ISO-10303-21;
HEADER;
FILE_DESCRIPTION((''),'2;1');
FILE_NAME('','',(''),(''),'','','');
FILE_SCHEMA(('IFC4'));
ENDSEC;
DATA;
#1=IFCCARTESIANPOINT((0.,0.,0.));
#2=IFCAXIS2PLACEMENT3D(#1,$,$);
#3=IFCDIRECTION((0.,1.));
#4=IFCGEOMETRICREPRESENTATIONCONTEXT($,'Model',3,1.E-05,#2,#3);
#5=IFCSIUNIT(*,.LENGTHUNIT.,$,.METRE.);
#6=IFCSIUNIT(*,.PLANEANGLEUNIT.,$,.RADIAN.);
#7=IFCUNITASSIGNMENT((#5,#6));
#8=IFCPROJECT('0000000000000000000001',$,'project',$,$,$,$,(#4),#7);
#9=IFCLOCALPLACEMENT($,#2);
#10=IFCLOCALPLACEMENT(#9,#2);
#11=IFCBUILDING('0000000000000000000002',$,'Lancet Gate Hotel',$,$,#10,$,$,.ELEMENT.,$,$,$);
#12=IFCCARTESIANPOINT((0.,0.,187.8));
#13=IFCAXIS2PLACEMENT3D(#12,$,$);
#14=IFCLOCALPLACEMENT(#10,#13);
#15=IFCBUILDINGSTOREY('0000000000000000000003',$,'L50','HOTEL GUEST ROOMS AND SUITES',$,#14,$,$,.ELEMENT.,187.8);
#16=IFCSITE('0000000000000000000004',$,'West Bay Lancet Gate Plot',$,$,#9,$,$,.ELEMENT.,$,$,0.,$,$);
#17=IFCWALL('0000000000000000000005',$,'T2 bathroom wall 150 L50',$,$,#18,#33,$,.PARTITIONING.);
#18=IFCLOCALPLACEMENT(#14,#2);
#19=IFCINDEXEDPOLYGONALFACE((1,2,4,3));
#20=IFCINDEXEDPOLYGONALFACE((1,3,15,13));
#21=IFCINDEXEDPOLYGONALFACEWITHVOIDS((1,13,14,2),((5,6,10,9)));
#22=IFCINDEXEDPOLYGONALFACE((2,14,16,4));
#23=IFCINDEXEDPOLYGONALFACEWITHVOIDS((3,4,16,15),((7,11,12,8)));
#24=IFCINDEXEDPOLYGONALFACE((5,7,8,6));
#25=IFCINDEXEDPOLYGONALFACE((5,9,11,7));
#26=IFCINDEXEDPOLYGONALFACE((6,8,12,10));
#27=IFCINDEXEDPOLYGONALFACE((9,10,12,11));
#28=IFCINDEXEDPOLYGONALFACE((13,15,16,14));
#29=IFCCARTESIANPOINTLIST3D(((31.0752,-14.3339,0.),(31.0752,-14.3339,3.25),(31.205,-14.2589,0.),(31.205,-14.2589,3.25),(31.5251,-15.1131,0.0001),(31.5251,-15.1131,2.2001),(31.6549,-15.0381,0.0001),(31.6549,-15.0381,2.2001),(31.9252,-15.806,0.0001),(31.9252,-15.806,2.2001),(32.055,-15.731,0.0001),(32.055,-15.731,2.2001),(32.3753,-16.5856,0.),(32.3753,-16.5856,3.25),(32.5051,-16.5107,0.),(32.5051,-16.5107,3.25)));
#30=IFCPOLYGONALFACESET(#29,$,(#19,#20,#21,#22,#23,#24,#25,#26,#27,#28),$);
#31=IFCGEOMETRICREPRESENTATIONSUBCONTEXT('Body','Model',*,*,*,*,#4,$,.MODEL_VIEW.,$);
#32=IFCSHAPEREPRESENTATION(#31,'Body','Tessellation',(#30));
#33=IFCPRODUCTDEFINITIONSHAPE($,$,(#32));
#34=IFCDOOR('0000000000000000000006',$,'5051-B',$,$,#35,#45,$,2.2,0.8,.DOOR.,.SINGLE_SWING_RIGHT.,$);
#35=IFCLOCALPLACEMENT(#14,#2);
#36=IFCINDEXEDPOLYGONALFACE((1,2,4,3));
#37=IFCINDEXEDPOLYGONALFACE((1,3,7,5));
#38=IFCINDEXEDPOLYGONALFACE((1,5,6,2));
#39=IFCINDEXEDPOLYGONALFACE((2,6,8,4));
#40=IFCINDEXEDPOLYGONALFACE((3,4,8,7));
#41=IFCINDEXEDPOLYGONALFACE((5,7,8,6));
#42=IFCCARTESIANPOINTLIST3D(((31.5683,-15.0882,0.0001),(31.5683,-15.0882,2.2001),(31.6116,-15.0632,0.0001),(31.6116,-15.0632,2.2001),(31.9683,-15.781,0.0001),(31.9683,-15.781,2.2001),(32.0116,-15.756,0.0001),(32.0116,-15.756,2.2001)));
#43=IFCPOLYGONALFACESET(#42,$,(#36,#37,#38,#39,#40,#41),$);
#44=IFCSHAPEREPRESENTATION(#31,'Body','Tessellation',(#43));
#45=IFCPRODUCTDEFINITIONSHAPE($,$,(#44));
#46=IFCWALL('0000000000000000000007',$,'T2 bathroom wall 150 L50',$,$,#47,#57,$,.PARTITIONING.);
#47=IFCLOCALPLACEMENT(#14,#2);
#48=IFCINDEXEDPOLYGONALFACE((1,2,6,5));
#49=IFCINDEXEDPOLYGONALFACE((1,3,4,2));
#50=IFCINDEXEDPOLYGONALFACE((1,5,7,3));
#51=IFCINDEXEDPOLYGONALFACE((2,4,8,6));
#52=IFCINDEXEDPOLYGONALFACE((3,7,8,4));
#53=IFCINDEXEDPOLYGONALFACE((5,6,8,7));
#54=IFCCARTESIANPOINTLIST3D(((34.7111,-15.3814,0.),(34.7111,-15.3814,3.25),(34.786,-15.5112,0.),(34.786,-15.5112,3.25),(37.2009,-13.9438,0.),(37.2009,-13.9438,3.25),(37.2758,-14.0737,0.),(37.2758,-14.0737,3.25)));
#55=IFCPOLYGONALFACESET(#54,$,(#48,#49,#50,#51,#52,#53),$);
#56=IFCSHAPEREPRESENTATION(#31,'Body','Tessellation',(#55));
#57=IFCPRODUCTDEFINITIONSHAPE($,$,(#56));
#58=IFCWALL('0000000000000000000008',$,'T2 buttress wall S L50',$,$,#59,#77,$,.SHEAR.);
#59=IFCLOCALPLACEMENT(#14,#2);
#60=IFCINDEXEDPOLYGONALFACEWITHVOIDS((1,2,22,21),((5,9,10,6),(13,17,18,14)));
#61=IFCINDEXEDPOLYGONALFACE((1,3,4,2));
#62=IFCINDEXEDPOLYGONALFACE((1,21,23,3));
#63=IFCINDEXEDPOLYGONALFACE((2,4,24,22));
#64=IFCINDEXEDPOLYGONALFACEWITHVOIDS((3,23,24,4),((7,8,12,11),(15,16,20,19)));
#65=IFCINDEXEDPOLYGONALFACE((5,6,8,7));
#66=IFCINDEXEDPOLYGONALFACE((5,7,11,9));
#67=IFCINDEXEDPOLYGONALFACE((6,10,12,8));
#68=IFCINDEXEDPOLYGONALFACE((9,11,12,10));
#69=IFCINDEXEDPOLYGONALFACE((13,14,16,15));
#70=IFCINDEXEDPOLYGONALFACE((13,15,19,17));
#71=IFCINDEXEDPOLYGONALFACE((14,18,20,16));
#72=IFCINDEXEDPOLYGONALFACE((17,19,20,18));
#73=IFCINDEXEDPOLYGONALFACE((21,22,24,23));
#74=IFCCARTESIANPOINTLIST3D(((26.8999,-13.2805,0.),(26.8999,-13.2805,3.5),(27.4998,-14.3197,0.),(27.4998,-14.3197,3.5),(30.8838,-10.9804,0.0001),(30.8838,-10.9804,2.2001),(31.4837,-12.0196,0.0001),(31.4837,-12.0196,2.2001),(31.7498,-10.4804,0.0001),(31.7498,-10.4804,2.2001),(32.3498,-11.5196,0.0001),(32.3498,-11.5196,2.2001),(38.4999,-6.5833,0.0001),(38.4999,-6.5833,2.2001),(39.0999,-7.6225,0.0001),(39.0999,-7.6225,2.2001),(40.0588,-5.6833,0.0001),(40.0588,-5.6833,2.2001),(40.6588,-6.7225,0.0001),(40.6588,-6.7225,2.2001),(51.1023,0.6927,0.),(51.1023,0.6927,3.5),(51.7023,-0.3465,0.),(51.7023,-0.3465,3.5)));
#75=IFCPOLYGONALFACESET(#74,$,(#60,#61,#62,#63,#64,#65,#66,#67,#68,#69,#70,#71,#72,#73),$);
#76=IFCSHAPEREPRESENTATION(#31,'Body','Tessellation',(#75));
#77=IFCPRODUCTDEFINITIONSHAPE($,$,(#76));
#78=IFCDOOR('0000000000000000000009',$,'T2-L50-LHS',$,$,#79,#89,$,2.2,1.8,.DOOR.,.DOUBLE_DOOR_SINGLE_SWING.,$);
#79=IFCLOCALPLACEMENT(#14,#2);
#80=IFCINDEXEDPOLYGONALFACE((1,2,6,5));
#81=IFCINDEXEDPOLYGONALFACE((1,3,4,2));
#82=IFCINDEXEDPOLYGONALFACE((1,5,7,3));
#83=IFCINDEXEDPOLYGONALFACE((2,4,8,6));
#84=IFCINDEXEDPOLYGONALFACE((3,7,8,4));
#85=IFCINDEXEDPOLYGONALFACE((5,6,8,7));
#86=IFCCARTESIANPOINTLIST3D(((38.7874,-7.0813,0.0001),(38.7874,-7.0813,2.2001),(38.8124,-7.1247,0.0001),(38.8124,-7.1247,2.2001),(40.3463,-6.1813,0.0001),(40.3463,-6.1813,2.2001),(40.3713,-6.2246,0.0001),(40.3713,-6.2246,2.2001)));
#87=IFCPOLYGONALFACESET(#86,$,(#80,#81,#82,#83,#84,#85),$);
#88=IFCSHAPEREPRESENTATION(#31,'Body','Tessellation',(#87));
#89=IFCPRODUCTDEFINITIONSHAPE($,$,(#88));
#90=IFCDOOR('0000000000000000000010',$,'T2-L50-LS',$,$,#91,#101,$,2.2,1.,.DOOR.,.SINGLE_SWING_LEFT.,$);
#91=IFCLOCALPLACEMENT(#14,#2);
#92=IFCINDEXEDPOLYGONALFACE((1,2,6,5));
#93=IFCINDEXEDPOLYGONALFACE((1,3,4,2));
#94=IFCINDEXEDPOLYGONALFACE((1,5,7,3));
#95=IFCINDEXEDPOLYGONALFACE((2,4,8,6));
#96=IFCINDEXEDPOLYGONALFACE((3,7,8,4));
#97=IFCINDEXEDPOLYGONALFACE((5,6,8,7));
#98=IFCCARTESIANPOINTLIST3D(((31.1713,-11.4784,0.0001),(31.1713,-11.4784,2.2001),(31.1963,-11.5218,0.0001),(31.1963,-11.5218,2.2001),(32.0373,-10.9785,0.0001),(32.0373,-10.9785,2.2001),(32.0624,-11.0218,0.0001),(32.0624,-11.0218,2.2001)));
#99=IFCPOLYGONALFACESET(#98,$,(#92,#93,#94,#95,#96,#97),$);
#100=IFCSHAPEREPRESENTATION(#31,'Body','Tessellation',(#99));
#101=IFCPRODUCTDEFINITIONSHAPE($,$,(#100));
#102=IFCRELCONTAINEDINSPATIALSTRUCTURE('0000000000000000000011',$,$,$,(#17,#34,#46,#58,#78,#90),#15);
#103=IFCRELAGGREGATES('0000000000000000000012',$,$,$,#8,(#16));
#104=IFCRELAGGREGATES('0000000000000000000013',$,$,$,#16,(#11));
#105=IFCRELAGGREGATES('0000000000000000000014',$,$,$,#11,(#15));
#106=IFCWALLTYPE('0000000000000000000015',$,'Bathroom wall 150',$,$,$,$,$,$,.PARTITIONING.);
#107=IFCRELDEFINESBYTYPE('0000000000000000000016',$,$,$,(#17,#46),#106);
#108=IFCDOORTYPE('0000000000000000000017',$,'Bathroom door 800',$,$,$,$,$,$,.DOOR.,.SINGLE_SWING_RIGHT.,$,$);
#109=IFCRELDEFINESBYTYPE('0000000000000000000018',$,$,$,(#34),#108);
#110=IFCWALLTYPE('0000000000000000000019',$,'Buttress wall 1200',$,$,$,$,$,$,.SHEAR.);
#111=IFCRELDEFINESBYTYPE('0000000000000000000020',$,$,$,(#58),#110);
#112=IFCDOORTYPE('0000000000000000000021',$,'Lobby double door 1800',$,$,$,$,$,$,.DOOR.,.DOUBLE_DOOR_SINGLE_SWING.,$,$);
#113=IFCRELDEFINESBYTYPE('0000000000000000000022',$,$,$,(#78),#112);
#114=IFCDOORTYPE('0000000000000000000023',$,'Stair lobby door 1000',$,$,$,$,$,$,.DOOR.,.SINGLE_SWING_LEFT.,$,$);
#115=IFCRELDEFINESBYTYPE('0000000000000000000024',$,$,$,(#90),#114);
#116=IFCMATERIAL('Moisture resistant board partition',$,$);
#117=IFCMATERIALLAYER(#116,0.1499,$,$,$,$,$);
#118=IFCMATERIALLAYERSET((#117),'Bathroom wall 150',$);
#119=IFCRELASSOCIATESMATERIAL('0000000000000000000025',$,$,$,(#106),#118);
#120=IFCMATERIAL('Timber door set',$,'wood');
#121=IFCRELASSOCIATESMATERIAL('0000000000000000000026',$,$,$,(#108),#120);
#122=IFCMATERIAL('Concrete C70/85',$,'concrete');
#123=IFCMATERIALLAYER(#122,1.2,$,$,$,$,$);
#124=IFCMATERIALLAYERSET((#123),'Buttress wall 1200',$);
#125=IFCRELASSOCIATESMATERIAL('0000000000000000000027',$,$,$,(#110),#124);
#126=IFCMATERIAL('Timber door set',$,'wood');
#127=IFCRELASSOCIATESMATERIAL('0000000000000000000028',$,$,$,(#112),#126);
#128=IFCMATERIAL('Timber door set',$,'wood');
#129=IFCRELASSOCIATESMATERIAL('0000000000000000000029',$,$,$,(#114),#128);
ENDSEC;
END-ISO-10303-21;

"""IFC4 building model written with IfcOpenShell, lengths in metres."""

from ifc_helpers import new_model, si_unit, direction, frame, frame_2d, origin, place, context, subcontext, project, spatial, rectangle, extrude, material, layer, layer_set, type_object, element, fill, save


model = new_model("IFC4")

# Units and contexts
model_context = context("Model", 3, precision=1e-05, world=origin(), true_north=direction((0.0, 1.0)))
body_context = subcontext(model_context, "Body", "Model", "MODEL_VIEW")
ifc_project = project(units=[si_unit("LENGTHUNIT", "METRE"), si_unit("PLANEANGLEUNIT", "RADIAN")], contexts=[model_context])

# Site, building, storey
site_placement = place(None, origin())
site = spatial("IfcSite", under=ifc_project, at=site_placement, Name="West Bay Lancet Gate Plot", CompositionType="ELEMENT", RefElevation=0.0)
building_placement = place(site_placement, origin())
building = spatial("IfcBuilding", under=site, at=building_placement, Name="Lancet Gate Hotel", CompositionType="ELEMENT")
storey_placement = place(building_placement, frame((0.0, 0.0, 187.8)))
storey = spatial("IfcBuildingStorey", under=building, at=storey_placement, Name="L50", Description="HOTEL GUEST ROOMS AND SUITES", CompositionType="ELEMENT", Elevation=187.8)

# Shared definitions
ifc_material_1 = material(Name="Moisture resistant board partition")
ifc_layer_1 = layer(ifc_material_1, 0.1499)
ifc_layer_set_1 = layer_set([ifc_layer_1], Name="Bathroom wall 150")
wall_type_1 = type_object("IfcWallType", Name="Bathroom wall 150", PredefinedType="PARTITIONING", material=ifc_layer_set_1)

# Wall, opening, door
wall_1_placement = place(storey_placement, frame((31.1401, -14.2964, 0.0), z_axis=(0.0, 0.0, 1.0), x_axis=(0.500007, -0.866021, 0.0)))
wall_1 = element("IfcWall", 1, at=wall_1_placement, inside=storey, type_object=wall_type_1, Name="T2 bathroom wall 150 L50", PredefinedType="PARTITIONING", context=body_context, shape_type="SweptSolid", body=[
    extrude(rectangle(XDim=2.6001, YDim=0.1499, at=frame_2d((1.3, 0.0))), origin(), (0.0, 0.0, 1.0), 3.25),
])
opening_1_placement = place(wall_1_placement, frame((0.8999, 0.0, 0.0)))
opening_1 = element("IfcOpeningElement", 2, at=opening_1_placement, cuts=wall_1, PredefinedType="OPENING", context=body_context, shape_type="SweptSolid", body=[
    extrude(rectangle(XDim=0.8, YDim=2.2, at=frame_2d((0.3999, 1.1001))), frame((0.0, 0.085, 0.0), z_axis=(0.0, -1.0, 0.0), x_axis=(1.0, 0.0, 0.0)), (0.0, 0.0, 1.0), 0.1699),
])
ifc_material_2 = material(Name="Timber door set", Category="wood")
door_type_1 = type_object("IfcDoorType", Name="Bathroom door 800", OperationType="SINGLE_SWING_RIGHT", PredefinedType="DOOR", material=ifc_material_2)
door_1_placement = place(opening_1_placement, origin())
door_1 = element("IfcDoor", 3, at=door_1_placement, inside=storey, type_object=door_type_1, Name="5051-B", OperationType="SINGLE_SWING_RIGHT", OverallHeight=2.2, OverallWidth=0.8, PredefinedType="DOOR", context=body_context, shape_type="SweptSolid", body=[
    extrude(rectangle(XDim=0.8, YDim=2.2, at=frame_2d((0.3999, 1.1001))), frame((0.0, 0.0249, 0.0), z_axis=(0.0, -1.0, 0.0), x_axis=(1.0, 0.0, 0.0)), (0.0, 0.0, 1.0), 0.05),
])
fill(opening_1, door_1)

# Wall
wall_2_placement = place(storey_placement, frame((34.7485, -15.4463, 0.0), z_axis=(0.0, 0.0, 1.0), x_axis=(0.866019, 0.500012, 0.0)))
element("IfcWall", 4, at=wall_2_placement, inside=storey, type_object=wall_type_1, Name="T2 bathroom wall 150 L50", PredefinedType="PARTITIONING", context=body_context, shape_type="SweptSolid", body=[
    extrude(rectangle(XDim=2.875, YDim=0.1499, at=frame_2d((1.4375, 0.0))), origin(), (0.0, 0.0, 1.0), 3.25),
])

# Wall, openings, doors
ifc_material_3 = material(Name="Concrete C70/85", Category="concrete")
ifc_layer_2 = layer(ifc_material_3, 1.2)
ifc_layer_set_2 = layer_set([ifc_layer_2], Name="Buttress wall 1200")
wall_type_2 = type_object("IfcWallType", Name="Buttress wall 1200", PredefinedType="SHEAR", material=ifc_layer_set_2)
wall_3_placement = place(storey_placement, frame((27.2, -13.8, 0.0), z_axis=(0.0, 0.0, 1.0), x_axis=(0.866027, 0.499997, 0.0)))
wall_3 = element("IfcWall", 5, at=wall_3_placement, inside=storey, type_object=wall_type_2, Name="T2 buttress wall S L50", PredefinedType="SHEAR", context=body_context, shape_type="SweptSolid", body=[
    extrude(rectangle(XDim=27.9465, YDim=1.2, at=frame_2d((13.9731, 0.0))), origin(), (0.0, 0.0, 1.0), 3.5),
])
opening_2_placement = place(wall_3_placement, frame((4.6001, 0.0, 0.0)))
opening_2 = element("IfcOpeningElement", 6, at=opening_2_placement, cuts=wall_3, PredefinedType="OPENING", context=body_context, shape_type="SweptSolid", body=[
    extrude(rectangle(XDim=1.0, YDim=2.2, at=frame_2d((0.5, 1.1001))), frame((0.0, 0.6099, 0.0), z_axis=(0.0, -1.0, 0.0), x_axis=(1.0, 0.0, 0.0)), (0.0, 0.0, 1.0), 1.22),
])
opening_3_placement = place(wall_3_placement, frame((13.3945, 0.0, 0.0)))
opening_3 = element("IfcOpeningElement", 7, at=opening_3_placement, cuts=wall_3, PredefinedType="OPENING", context=body_context, shape_type="SweptSolid", body=[
    extrude(rectangle(XDim=1.8, YDim=2.2, at=frame_2d((0.8999, 1.1001))), frame((0.0, 0.6099, 0.0), z_axis=(0.0, -1.0, 0.0), x_axis=(1.0, 0.0, 0.0)), (0.0, 0.0, 1.0), 1.22),
])
ifc_material_4 = material(Name="Timber door set", Category="wood")
door_type_2 = type_object("IfcDoorType", Name="Lobby double door 1800", OperationType="DOUBLE_DOOR_SINGLE_SWING", PredefinedType="DOOR", material=ifc_material_4)
door_2_placement = place(opening_3_placement, origin())
door_2 = element("IfcDoor", 8, at=door_2_placement, inside=storey, type_object=door_type_2, Name="T2-L50-LHS", OperationType="DOUBLE_DOOR_SINGLE_SWING", OverallHeight=2.2, OverallWidth=1.8, PredefinedType="DOOR", context=body_context, shape_type="SweptSolid", body=[
    extrude(rectangle(XDim=1.8, YDim=2.2, at=frame_2d((0.8999, 1.1001))), frame((0.0, 0.0249, 0.0), z_axis=(0.0, -1.0, 0.0), x_axis=(1.0, 0.0, 0.0)), (0.0, 0.0, 1.0), 0.05),
])
fill(opening_3, door_2)
ifc_material_5 = material(Name="Timber door set", Category="wood")
door_type_3 = type_object("IfcDoorType", Name="Stair lobby door 1000", OperationType="SINGLE_SWING_LEFT", PredefinedType="DOOR", material=ifc_material_5)
door_3_placement = place(opening_2_placement, origin())
door_3 = element("IfcDoor", 9, at=door_3_placement, inside=storey, type_object=door_type_3, Name="T2-L50-LS", OperationType="SINGLE_SWING_LEFT", OverallHeight=2.2, OverallWidth=1.0, PredefinedType="DOOR", context=body_context, shape_type="SweptSolid", body=[
    extrude(rectangle(XDim=1.0, YDim=2.2, at=frame_2d((0.5, 1.1001))), frame((0.0, 0.0249, 0.0), z_axis=(0.0, -1.0, 0.0), x_axis=(1.0, 0.0, 0.0)), (0.0, 0.0, 1.0), 0.05),
])
fill(opening_2, door_3)

save(model, "model.ifc")
